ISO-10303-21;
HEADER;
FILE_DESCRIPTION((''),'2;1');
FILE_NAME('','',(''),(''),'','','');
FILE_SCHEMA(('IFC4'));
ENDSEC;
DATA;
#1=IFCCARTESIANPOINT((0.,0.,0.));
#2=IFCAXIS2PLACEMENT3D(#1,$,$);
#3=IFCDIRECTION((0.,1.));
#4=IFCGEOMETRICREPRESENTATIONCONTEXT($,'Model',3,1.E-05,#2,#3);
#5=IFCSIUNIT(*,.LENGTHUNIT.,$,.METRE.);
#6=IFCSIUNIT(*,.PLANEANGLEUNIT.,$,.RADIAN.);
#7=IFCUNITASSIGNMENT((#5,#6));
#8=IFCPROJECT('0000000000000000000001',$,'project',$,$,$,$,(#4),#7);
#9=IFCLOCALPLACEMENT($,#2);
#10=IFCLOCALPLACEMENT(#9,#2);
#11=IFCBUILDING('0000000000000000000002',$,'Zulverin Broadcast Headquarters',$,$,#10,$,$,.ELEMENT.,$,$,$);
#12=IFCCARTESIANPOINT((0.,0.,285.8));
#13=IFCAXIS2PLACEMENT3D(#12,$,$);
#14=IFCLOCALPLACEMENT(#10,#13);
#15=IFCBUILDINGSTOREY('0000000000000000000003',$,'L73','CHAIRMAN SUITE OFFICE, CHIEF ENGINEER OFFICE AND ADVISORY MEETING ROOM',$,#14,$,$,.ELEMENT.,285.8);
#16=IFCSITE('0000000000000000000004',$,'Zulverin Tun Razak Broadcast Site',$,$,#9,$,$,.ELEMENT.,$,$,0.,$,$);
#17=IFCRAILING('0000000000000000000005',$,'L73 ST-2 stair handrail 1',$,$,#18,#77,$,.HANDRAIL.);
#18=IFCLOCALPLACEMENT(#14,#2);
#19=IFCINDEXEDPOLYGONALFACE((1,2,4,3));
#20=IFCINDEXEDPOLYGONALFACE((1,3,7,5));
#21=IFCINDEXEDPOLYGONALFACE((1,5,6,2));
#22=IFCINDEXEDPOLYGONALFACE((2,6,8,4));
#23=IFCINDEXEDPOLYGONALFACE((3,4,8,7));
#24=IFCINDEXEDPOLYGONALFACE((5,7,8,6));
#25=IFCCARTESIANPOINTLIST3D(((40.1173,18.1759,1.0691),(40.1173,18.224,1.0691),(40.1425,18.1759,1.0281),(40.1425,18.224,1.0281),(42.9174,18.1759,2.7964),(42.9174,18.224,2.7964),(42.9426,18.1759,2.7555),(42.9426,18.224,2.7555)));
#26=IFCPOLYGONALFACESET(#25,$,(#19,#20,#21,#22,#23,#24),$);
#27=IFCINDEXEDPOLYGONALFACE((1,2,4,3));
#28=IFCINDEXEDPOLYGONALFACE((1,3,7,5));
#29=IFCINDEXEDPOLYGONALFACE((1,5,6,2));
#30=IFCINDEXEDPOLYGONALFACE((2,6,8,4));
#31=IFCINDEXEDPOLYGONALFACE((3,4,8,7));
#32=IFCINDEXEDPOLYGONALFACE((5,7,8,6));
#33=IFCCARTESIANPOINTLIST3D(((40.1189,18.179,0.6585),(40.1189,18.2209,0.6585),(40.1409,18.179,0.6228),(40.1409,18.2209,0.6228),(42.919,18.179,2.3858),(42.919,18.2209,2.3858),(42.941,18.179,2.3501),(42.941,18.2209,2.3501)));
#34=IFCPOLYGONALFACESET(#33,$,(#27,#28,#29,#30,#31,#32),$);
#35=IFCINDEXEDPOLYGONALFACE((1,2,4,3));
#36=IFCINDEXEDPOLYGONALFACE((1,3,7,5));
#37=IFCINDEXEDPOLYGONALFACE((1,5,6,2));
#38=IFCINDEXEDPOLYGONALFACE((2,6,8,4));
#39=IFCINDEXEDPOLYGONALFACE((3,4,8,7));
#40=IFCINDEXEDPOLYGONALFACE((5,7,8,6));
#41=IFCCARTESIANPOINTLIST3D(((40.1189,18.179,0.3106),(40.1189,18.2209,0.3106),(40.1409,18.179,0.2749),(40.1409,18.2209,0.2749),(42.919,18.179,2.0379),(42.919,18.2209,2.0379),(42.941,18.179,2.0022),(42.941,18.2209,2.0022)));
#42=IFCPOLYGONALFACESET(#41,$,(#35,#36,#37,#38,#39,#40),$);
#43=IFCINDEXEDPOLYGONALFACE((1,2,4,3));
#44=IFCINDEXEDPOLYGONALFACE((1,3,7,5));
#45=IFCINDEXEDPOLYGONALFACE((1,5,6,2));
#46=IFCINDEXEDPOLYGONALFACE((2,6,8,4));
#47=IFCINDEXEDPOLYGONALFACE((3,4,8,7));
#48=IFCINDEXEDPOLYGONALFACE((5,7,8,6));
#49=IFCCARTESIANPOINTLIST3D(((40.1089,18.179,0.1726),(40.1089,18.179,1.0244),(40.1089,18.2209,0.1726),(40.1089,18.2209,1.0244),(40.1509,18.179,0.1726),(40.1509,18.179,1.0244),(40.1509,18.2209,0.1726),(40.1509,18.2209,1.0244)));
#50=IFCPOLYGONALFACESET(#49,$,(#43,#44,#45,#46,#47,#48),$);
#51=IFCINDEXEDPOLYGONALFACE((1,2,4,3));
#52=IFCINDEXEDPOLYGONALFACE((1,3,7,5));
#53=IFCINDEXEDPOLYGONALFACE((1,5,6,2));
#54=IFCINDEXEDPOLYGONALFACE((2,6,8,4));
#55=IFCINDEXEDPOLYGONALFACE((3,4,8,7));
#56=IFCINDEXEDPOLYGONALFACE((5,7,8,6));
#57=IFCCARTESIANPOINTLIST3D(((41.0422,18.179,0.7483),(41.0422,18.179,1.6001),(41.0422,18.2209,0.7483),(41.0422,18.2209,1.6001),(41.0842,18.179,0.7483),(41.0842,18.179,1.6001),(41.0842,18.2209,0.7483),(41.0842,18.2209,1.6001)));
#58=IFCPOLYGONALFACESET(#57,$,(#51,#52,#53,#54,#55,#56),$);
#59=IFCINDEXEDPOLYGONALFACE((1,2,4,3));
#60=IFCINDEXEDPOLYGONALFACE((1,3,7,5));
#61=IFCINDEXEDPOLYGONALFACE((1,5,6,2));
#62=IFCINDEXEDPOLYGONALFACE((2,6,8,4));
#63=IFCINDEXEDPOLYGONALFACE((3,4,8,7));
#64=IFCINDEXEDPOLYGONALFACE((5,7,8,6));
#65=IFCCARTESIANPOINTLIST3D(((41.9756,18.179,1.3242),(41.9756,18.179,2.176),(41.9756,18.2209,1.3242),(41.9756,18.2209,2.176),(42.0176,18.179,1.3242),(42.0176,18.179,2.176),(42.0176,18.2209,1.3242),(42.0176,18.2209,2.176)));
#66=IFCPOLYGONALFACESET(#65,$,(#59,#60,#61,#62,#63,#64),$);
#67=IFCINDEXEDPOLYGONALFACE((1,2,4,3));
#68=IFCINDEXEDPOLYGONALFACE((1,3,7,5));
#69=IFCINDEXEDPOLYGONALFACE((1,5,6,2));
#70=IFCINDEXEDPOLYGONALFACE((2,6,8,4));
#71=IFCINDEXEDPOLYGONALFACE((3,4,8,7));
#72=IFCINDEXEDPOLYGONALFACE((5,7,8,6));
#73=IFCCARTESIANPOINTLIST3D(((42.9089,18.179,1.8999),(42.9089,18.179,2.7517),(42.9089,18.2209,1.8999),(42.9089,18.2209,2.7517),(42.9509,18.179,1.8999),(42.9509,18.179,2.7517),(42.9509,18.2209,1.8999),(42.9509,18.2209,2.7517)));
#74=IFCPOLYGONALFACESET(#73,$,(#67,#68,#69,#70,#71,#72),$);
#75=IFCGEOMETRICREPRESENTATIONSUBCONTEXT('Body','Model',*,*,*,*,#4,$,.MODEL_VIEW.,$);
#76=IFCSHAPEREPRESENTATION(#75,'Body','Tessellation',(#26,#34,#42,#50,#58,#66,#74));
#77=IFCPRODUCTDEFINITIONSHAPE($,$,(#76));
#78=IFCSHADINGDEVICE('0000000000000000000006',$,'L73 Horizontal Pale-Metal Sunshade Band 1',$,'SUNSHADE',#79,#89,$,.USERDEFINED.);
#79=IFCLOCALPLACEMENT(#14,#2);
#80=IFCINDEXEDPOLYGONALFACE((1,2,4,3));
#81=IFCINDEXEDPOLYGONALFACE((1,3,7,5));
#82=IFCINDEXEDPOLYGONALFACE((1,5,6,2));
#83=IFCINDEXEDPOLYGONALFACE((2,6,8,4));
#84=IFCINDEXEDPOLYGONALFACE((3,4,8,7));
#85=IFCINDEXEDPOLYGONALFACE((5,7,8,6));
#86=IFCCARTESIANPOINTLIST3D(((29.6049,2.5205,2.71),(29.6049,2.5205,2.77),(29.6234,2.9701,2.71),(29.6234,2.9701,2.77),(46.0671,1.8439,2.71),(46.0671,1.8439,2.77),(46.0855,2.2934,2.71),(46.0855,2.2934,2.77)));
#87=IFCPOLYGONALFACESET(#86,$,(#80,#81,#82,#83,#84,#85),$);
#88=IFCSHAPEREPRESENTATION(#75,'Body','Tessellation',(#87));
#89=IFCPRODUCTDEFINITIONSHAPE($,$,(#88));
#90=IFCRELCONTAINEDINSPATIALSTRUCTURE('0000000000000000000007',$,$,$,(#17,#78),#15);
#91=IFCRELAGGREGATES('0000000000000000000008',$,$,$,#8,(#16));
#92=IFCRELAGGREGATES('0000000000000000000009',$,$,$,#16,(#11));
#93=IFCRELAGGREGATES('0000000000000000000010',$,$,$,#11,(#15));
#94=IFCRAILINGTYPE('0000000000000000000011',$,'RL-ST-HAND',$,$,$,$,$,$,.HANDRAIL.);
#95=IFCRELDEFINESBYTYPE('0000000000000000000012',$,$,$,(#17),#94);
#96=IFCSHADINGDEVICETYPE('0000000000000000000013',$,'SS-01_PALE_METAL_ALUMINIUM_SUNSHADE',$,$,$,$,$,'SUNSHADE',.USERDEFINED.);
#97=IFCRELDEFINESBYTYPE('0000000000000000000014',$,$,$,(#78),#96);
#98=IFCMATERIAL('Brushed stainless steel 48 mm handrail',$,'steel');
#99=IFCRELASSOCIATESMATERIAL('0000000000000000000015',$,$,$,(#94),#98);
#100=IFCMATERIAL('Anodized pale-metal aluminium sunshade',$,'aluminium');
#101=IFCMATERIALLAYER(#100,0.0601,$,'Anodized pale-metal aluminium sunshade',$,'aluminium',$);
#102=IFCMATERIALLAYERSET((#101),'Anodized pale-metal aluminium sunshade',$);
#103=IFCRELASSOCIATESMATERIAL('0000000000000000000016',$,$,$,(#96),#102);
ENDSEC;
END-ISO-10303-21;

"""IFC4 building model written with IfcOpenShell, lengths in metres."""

from ifc_helpers import new_model, si_unit, direction, frame, origin, origin_2d, place, context, subcontext, project, spatial, rectangle, extrude, material, layer, layer_set, type_object, element, save


model = new_model("IFC4")

# Units and contexts
model_context = context("Model", 3, precision=1e-05, world=origin(), true_north=direction((0.0, 1.0)))
body_context = subcontext(model_context, "Body", "Model", "MODEL_VIEW")
ifc_project = project(units=[si_unit("LENGTHUNIT", "METRE"), si_unit("PLANEANGLEUNIT", "RADIAN")], contexts=[model_context])

# Site, building, storey
site_placement = place(None, origin())
site = spatial("IfcSite", under=ifc_project, at=site_placement, Name="Zulverin Tun Razak Broadcast Site", CompositionType="ELEMENT", RefElevation=0.0)
building_placement = place(site_placement, origin())
building = spatial("IfcBuilding", under=site, at=building_placement, Name="Zulverin Broadcast Headquarters", CompositionType="ELEMENT")
storey_placement = place(building_placement, frame((0.0, 0.0, 285.8)))
storey = spatial("IfcBuildingStorey", under=building, at=storey_placement, Name="L73", Description="CHAIRMAN SUITE OFFICE, CHIEF ENGINEER OFFICE AND ADVISORY MEETING ROOM", CompositionType="ELEMENT", Elevation=285.8)

# Railing
ifc_material_1 = material(Name="Brushed stainless steel 48 mm handrail", Category="steel")
railing_type_1 = type_object("IfcRailingType", Name="RL-ST-HAND", PredefinedType="HANDRAIL", material=ifc_material_1)
railing_1_placement = place(storey_placement, frame((40.1299, 18.2, 0.1726)))
element("IfcRailing", 1, at=railing_1_placement, inside=storey, type_object=railing_type_1, Name="L73 ST-2 stair handrail 1", PredefinedType="HANDRAIL", context=body_context, shape_type="SweptSolid", body=[
    extrude(rectangle(XDim=0.0481, YDim=0.0481, at=origin_2d()), frame((0.0, 0.0, 0.876), z_axis=(0.85109, 0.0, 0.52502), x_axis=(0.0, 1.0, 0.0)), (0.0, 0.0, 1.0), 3.29),
    extrude(rectangle(XDim=0.042, YDim=0.042, at=origin_2d()), frame((0.0, 0.0, 0.468), z_axis=(0.85109, 0.0, 0.52502), x_axis=(0.0, 1.0, 0.0)), (0.0, 0.0, 1.0), 3.29),
    extrude(rectangle(XDim=0.042, YDim=0.042, at=origin_2d()), frame((0.0, 0.0, 0.1201), z_axis=(0.85109, 0.0, 0.52502), x_axis=(0.0, 1.0, 0.0)), (0.0, 0.0, 1.0), 3.29),
    extrude(rectangle(XDim=0.042, YDim=0.042, at=origin_2d()), origin(), (0.0, 0.0, 1.0), 0.8518),
    extrude(rectangle(XDim=0.042, YDim=0.042, at=origin_2d()), frame((0.9333, 0.0, 0.5757)), (0.0, 0.0, 1.0), 0.8518),
    extrude(rectangle(XDim=0.042, YDim=0.042, at=origin_2d()), frame((1.8667, 0.0, 1.1516)), (0.0, 0.0, 1.0), 0.8518),
    extrude(rectangle(XDim=0.042, YDim=0.042, at=origin_2d()), frame((2.8, 0.0, 1.7273)), (0.0, 0.0, 1.0), 0.8518),
])

# Shading device
ifc_material_2 = material(Name="Anodized pale-metal aluminium sunshade", Category="aluminium")
ifc_layer_1 = layer(ifc_material_2, 0.0601, Name="Anodized pale-metal aluminium sunshade", Category="aluminium")
ifc_layer_set_1 = layer_set([ifc_layer_1], Name="Anodized pale-metal aluminium sunshade")
shading_device_type = type_object("IfcShadingDeviceType", Name="SS-01_PALE_METAL_ALUMINIUM_SUNSHADE", ElementType="SUNSHADE", PredefinedType="USERDEFINED", material=ifc_layer_set_1)
shading_device_placement = place(storey_placement, frame((37.8452, 2.407, 2.71), z_axis=(0.0, 0.0, 1.0), x_axis=(0.999156, -0.04107, 0.0)))
element("IfcShadingDevice", 2, at=shading_device_placement, inside=storey, type_object=shading_device_type, Name="L73 Horizontal Pale-Metal Sunshade Band 1", ObjectType="SUNSHADE", PredefinedType="USERDEFINED", context=body_context, shape_type="SweptSolid", body=[
    extrude(rectangle(XDim=16.4761, YDim=0.45, at=origin_2d()), origin(), (0.0, 0.0, 1.0), 0.0601),
])

save(model, "model.ifc")
